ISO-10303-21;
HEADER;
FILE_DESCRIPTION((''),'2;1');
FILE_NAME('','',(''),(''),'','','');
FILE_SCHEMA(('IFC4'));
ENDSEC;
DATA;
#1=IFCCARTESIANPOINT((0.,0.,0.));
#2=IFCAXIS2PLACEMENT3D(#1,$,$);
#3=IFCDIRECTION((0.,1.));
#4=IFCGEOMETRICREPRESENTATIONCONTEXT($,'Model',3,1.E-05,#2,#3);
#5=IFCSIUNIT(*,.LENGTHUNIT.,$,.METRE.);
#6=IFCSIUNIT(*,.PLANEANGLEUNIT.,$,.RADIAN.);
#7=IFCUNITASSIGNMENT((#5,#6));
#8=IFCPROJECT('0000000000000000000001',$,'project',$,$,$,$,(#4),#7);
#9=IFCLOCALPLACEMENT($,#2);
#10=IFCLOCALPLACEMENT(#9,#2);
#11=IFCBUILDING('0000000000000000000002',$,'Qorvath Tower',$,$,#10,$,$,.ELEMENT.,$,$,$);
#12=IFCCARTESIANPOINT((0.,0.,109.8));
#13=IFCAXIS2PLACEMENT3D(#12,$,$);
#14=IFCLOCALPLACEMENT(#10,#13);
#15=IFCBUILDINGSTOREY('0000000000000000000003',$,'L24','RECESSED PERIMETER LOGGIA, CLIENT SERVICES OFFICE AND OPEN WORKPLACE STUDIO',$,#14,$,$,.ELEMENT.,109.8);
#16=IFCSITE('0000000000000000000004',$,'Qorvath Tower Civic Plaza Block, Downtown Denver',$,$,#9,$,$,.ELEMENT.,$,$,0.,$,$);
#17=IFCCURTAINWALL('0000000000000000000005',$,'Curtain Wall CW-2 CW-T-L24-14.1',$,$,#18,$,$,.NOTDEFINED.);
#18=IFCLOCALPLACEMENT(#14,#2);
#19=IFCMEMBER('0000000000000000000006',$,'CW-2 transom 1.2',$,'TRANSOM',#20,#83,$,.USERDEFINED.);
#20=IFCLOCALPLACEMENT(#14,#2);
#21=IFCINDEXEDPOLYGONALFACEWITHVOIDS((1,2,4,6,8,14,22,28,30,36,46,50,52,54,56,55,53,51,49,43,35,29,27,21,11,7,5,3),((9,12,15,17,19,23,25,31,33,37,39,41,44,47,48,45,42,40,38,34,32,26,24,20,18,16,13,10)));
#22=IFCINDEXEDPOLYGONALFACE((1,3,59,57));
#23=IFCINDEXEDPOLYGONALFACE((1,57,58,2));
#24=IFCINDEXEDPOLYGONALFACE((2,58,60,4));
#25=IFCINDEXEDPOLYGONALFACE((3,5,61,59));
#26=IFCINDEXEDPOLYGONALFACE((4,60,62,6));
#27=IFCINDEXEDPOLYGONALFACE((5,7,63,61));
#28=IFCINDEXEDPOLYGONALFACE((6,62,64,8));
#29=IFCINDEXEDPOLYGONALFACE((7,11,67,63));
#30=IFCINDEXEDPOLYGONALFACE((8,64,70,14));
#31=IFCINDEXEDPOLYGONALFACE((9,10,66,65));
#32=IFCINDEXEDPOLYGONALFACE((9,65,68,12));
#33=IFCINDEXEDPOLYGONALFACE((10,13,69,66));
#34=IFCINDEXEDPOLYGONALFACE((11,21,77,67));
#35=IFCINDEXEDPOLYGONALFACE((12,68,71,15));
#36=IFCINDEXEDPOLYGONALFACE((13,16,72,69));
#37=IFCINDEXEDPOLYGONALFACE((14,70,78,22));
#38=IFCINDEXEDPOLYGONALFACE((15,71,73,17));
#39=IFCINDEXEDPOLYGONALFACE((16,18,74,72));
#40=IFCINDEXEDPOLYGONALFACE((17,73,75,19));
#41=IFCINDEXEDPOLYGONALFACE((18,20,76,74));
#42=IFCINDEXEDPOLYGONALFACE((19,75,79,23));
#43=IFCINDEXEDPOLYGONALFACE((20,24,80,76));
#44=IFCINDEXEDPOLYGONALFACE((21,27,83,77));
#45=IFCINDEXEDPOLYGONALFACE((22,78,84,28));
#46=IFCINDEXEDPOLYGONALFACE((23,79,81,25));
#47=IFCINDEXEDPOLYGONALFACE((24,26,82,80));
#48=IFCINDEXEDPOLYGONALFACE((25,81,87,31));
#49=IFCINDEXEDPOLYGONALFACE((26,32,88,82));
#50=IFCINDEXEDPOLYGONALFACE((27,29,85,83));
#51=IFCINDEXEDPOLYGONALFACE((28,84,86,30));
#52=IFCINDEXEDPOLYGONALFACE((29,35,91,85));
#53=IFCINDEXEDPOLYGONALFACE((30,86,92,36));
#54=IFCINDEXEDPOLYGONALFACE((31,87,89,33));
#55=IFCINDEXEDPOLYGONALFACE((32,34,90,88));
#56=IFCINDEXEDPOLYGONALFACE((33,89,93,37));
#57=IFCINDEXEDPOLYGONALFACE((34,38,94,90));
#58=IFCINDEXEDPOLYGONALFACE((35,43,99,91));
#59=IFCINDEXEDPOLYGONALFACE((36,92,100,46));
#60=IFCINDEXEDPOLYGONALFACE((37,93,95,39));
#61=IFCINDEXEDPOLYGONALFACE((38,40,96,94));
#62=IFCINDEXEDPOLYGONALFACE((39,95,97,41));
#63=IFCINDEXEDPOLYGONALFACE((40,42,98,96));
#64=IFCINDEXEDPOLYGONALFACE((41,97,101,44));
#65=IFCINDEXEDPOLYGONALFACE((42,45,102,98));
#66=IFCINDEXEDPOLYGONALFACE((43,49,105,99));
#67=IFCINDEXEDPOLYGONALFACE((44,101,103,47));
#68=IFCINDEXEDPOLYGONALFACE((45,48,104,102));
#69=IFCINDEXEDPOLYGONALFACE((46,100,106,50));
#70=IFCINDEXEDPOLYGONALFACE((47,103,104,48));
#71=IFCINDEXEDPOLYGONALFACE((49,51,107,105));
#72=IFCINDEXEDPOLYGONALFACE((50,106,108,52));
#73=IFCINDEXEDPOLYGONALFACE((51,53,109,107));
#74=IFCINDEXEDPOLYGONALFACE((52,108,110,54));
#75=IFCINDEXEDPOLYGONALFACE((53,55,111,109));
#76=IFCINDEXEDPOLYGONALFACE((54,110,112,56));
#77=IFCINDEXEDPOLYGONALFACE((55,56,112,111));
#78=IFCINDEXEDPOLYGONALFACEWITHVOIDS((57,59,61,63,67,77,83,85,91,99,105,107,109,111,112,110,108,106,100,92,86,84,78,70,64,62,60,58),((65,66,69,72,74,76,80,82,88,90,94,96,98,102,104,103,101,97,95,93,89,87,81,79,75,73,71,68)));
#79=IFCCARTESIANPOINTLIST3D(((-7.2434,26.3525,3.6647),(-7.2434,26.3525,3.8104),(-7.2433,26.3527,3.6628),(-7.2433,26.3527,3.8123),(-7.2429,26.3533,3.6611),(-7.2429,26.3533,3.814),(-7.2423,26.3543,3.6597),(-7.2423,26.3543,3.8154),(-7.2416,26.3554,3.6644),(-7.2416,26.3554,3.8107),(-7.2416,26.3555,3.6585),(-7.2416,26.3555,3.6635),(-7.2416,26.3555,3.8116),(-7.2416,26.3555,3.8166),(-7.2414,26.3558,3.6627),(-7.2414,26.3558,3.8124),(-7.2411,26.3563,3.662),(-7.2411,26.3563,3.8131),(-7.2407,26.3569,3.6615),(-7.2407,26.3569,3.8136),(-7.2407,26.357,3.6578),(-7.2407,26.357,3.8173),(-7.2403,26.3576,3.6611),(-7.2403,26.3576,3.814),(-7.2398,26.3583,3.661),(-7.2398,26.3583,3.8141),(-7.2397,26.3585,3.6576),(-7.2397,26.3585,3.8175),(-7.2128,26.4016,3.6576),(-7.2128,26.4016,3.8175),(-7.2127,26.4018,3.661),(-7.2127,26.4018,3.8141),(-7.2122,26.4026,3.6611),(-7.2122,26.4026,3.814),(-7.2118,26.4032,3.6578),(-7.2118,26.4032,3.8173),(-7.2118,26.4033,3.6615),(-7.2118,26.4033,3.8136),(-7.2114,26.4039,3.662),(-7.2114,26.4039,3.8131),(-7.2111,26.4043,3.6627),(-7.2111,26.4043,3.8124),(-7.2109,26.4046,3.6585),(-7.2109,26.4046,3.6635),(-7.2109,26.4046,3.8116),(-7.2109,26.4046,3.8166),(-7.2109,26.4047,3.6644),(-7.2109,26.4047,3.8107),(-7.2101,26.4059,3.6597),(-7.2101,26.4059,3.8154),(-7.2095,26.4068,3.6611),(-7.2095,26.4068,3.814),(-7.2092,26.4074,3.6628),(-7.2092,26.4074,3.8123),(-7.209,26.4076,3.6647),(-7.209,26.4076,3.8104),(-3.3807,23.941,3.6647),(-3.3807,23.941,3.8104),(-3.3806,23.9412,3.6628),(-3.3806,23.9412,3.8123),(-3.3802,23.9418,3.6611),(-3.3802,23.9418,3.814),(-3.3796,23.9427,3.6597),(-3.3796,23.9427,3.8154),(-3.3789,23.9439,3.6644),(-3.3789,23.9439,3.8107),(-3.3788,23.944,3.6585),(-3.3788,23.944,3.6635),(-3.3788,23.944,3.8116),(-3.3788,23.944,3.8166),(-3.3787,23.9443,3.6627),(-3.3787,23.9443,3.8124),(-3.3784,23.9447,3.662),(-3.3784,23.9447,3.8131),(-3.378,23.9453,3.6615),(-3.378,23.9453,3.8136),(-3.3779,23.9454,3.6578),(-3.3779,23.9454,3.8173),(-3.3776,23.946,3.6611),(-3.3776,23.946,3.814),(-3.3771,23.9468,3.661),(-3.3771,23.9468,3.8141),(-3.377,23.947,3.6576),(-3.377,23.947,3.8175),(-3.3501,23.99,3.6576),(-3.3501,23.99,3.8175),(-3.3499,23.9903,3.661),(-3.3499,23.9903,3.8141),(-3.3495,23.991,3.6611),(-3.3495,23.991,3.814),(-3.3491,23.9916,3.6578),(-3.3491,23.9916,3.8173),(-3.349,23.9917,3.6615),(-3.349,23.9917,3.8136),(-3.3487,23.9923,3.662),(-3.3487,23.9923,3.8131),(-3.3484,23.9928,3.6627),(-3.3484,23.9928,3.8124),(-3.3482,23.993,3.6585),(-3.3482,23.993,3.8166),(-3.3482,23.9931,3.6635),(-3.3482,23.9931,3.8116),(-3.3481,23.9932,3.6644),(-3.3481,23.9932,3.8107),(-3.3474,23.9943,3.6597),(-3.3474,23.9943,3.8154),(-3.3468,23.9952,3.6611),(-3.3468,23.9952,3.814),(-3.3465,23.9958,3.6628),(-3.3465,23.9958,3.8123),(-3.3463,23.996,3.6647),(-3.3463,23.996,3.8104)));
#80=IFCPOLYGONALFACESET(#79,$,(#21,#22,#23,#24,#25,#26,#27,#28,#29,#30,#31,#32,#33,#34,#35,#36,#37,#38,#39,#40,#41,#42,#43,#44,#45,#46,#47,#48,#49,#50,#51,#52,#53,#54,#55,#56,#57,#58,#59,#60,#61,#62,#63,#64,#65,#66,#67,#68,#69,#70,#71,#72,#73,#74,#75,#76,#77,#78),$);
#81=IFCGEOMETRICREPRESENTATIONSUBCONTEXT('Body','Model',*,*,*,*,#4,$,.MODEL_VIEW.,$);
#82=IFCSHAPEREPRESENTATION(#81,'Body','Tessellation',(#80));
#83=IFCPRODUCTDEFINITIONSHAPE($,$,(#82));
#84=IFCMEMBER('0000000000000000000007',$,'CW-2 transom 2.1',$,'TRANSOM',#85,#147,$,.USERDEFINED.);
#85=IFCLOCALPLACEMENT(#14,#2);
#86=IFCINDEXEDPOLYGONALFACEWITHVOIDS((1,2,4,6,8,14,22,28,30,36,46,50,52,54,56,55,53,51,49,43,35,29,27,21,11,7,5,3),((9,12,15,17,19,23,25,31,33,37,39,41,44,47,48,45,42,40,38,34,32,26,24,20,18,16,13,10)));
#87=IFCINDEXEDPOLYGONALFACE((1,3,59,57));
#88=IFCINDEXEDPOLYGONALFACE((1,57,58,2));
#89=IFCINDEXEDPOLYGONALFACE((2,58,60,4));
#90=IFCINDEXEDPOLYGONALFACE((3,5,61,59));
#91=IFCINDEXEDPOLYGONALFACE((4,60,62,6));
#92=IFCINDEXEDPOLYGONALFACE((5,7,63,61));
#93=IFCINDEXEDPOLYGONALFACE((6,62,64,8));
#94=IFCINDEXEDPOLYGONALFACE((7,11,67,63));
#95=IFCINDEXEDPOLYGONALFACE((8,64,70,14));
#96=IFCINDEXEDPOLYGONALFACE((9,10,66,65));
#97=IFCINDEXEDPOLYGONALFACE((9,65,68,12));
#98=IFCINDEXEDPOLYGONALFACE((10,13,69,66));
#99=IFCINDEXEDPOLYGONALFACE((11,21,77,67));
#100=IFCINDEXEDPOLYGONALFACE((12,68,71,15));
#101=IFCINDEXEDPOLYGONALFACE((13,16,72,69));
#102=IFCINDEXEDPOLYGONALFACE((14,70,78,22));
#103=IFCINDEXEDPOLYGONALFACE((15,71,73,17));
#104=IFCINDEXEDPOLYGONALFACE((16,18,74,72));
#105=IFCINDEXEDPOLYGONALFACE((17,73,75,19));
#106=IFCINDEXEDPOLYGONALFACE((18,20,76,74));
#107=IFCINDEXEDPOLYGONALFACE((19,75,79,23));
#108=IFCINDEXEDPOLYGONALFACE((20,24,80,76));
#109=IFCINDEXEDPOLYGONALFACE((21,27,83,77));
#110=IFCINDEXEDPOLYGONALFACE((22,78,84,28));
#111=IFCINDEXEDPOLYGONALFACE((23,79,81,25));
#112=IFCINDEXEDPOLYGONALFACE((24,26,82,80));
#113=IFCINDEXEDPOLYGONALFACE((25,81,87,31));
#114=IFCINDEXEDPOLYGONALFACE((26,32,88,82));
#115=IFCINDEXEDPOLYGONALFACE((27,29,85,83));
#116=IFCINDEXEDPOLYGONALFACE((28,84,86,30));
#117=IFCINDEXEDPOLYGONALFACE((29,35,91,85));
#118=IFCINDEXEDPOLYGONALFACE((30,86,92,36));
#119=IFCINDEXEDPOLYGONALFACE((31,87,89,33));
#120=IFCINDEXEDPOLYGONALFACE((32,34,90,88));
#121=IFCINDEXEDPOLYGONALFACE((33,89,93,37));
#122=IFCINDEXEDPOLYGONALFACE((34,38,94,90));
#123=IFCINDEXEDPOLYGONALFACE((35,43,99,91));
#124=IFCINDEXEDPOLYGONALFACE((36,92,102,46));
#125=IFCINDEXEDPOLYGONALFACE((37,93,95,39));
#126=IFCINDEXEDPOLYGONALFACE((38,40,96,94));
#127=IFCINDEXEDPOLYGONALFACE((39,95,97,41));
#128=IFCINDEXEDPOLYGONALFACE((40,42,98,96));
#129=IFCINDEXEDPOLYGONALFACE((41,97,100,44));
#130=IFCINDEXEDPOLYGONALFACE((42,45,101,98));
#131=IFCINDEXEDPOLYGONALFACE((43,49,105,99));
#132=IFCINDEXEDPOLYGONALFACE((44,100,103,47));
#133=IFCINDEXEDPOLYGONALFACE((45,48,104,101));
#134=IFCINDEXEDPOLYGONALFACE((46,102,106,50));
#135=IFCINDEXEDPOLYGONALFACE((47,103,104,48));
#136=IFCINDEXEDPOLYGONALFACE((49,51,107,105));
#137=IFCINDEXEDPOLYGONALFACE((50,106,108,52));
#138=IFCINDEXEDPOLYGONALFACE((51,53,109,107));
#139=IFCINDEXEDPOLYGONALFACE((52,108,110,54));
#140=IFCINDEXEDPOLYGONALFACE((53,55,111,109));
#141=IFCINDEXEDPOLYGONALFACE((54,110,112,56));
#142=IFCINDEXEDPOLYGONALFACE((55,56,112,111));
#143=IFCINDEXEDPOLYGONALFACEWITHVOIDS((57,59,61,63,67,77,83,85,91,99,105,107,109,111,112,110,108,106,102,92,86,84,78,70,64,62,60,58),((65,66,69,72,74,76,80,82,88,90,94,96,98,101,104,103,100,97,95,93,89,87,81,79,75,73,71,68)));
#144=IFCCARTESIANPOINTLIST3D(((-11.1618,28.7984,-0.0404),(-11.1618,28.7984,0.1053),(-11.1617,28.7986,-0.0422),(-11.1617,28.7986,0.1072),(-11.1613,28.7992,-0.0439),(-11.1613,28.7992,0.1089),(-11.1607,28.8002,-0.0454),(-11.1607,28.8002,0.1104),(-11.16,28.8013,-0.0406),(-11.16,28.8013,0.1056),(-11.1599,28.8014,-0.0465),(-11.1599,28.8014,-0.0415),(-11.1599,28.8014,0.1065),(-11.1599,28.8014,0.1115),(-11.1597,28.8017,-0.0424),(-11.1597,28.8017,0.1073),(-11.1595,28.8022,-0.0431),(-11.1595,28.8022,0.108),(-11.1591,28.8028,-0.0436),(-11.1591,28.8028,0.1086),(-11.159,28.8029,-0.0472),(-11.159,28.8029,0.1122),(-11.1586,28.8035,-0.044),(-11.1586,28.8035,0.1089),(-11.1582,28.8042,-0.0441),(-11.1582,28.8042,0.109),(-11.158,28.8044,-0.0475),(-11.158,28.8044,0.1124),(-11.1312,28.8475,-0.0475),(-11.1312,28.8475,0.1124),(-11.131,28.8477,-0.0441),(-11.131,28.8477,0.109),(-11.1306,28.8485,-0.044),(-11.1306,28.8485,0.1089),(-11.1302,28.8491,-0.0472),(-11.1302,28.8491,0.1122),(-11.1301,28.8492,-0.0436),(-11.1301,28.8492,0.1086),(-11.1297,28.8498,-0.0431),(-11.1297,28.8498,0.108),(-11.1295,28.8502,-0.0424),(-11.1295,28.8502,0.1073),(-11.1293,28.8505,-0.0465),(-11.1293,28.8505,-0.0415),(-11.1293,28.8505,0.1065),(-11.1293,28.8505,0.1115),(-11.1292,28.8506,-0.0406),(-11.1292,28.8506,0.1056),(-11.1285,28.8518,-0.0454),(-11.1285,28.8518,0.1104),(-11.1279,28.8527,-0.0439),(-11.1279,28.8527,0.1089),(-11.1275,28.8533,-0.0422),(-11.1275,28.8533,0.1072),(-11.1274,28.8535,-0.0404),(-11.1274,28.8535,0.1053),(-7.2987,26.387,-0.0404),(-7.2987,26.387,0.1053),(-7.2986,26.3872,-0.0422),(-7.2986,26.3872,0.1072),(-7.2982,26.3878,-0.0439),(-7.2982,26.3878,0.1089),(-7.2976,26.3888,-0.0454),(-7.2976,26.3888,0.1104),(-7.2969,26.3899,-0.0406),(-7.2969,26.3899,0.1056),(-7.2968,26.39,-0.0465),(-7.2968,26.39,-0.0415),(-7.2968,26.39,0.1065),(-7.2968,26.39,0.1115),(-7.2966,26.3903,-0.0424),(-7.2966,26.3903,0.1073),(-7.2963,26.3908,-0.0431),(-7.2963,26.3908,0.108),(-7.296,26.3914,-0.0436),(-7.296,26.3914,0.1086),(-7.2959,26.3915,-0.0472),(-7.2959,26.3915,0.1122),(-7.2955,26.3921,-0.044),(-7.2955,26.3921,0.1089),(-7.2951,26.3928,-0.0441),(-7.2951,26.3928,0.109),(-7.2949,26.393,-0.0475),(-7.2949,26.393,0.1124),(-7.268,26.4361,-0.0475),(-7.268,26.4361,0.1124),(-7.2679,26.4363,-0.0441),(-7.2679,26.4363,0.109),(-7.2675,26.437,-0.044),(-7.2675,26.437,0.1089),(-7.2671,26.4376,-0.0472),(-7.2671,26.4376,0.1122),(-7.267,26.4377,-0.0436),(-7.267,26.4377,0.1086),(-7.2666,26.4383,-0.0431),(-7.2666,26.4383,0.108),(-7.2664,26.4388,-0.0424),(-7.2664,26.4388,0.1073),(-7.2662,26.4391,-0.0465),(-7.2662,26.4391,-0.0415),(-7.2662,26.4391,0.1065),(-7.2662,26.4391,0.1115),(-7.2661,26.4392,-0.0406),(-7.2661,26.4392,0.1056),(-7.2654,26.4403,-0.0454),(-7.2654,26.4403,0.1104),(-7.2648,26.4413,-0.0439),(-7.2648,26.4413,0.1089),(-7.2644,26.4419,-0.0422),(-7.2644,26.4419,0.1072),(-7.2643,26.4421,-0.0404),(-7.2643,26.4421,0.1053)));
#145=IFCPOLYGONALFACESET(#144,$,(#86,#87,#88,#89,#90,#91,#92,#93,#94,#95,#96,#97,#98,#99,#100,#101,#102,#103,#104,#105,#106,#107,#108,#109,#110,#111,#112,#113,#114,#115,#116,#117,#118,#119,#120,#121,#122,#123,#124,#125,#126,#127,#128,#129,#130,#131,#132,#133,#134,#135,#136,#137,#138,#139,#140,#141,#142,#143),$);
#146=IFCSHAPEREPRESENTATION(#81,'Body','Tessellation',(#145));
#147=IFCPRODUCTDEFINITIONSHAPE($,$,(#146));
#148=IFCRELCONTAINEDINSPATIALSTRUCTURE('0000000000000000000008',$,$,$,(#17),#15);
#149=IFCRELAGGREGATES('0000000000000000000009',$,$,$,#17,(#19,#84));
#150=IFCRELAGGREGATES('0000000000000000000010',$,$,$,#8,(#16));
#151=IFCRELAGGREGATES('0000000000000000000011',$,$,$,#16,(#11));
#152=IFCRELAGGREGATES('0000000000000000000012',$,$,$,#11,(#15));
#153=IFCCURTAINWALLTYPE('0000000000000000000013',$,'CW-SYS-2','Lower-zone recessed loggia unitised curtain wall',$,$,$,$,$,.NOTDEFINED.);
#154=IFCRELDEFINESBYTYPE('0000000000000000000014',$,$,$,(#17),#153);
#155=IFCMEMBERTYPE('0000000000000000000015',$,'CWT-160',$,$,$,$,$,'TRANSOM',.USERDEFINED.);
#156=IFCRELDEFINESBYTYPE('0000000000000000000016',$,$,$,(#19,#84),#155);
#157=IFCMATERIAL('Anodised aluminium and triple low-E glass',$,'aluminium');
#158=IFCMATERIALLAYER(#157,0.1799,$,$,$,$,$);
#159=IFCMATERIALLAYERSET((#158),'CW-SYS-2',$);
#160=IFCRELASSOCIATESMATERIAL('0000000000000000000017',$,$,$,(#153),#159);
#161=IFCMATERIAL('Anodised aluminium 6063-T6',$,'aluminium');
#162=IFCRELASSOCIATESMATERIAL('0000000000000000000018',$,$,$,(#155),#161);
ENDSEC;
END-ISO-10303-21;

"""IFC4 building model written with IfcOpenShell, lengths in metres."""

from ifc_helpers import new_model, si_unit, direction, frame, origin, origin_2d, place, context, subcontext, project, spatial, hollow_rectangle, extrude, material, layer, layer_set, material_profile, profile_set, type_object, element, aggregate, save


model = new_model("IFC4")

# Units and contexts
model_context = context("Model", 3, precision=1e-05, world=origin(), true_north=direction((0.0, 1.0)))
body_context = subcontext(model_context, "Body", "Model", "MODEL_VIEW")
ifc_project = project(units=[si_unit("LENGTHUNIT", "METRE"), si_unit("PLANEANGLEUNIT", "RADIAN")], contexts=[model_context])

# Site, building, storey
site_placement = place(None, origin())
site = spatial("IfcSite", under=ifc_project, at=site_placement, Name="Qorvath Tower Civic Plaza Block, Downtown Denver", CompositionType="ELEMENT", RefElevation=0.0)
building_placement = place(site_placement, origin())
building = spatial("IfcBuilding", under=site, at=building_placement, Name="Qorvath Tower", CompositionType="ELEMENT")
storey_placement = place(building_placement, frame((0.0, 0.0, 109.8)))
storey = spatial("IfcBuildingStorey", under=building, at=storey_placement, Name="L24", Description="RECESSED PERIMETER LOGGIA, CLIENT SERVICES OFFICE AND OPEN WORKPLACE STUDIO", CompositionType="ELEMENT", Elevation=109.8)

# Shared definitions
ifc_material_1 = material(Name="Anodised aluminium and triple low-E glass", Category="aluminium")
ifc_layer_1 = layer(ifc_material_1, 0.1799)
ifc_layer_set_1 = layer_set([ifc_layer_1], Name="CW-SYS-2")
curtain_wall_type = type_object("IfcCurtainWallType", Name="CW-SYS-2", Description="Lower-zone recessed loggia unitised curtain wall", PredefinedType="NOTDEFINED", material=ifc_layer_set_1)

# Curtain wall
curtain_wall_1_placement = place(storey_placement, origin())
curtain_wall_1 = element("IfcCurtainWall", 1, at=curtain_wall_1_placement, inside=storey, type_object=curtain_wall_type, Name="Curtain Wall CW-2 CW-T-L24-14.1", PredefinedType="NOTDEFINED")

# Members
ifc_material_2 = material(Name="Anodised aluminium 6063-T6", Category="aluminium")
ifc_material_profile_1 = material_profile(ifc_material_2, hollow_rectangle(XDim=0.0649, YDim=0.1599, WallThickness=0.0034, InnerFilletRadius=0.0034, OuterFilletRadius=0.0071, at=origin_2d()), Name="CWT 160x65")
ifc_profile_set_1 = profile_set([ifc_material_profile_1], Name="Anodised aluminium 6063-T6")
member_type_1 = type_object("IfcMemberType", Name="CWT-160", ElementType="TRANSOM", PredefinedType="USERDEFINED", material=ifc_profile_set_1)
member_1_placement = place(storey_placement, frame((-3.3635, 23.9685, 3.7375), z_axis=(-0.848257, 0.529584, 0.0), x_axis=(-0.529584, -0.848257, 0.0)))
member_1 = element("IfcMember", 2, at=member_1_placement, type_object=member_type_1, Name="CW-2 transom 1.2", ObjectType="TRANSOM", PredefinedType="USERDEFINED", context=body_context, shape_type="SweptSolid", body=[
    extrude(hollow_rectangle(XDim=0.0649, YDim=0.1599, WallThickness=0.0034, InnerFilletRadius=0.0034, OuterFilletRadius=0.0071, at=origin_2d()), origin(), (0.0, 0.0, 1.0), 4.5537),
])
member_2_placement = place(storey_placement, frame((-7.2815, 26.4146, 0.0325), z_axis=(-0.848296, 0.529522, 0.0), x_axis=(-0.529522, -0.848296, 0.0)))
member_2 = element("IfcMember", 3, at=member_2_placement, type_object=member_type_1, Name="CW-2 transom 2.1", ObjectType="TRANSOM", PredefinedType="USERDEFINED", context=body_context, shape_type="SweptSolid", body=[
    extrude(hollow_rectangle(XDim=0.0649, YDim=0.1599, WallThickness=0.0034, InnerFilletRadius=0.0034, OuterFilletRadius=0.0071, at=origin_2d()), origin(), (0.0, 0.0, 1.0), 4.554),
])

aggregate(curtain_wall_1, [member_1, member_2])

save(model, "model.ifc")
